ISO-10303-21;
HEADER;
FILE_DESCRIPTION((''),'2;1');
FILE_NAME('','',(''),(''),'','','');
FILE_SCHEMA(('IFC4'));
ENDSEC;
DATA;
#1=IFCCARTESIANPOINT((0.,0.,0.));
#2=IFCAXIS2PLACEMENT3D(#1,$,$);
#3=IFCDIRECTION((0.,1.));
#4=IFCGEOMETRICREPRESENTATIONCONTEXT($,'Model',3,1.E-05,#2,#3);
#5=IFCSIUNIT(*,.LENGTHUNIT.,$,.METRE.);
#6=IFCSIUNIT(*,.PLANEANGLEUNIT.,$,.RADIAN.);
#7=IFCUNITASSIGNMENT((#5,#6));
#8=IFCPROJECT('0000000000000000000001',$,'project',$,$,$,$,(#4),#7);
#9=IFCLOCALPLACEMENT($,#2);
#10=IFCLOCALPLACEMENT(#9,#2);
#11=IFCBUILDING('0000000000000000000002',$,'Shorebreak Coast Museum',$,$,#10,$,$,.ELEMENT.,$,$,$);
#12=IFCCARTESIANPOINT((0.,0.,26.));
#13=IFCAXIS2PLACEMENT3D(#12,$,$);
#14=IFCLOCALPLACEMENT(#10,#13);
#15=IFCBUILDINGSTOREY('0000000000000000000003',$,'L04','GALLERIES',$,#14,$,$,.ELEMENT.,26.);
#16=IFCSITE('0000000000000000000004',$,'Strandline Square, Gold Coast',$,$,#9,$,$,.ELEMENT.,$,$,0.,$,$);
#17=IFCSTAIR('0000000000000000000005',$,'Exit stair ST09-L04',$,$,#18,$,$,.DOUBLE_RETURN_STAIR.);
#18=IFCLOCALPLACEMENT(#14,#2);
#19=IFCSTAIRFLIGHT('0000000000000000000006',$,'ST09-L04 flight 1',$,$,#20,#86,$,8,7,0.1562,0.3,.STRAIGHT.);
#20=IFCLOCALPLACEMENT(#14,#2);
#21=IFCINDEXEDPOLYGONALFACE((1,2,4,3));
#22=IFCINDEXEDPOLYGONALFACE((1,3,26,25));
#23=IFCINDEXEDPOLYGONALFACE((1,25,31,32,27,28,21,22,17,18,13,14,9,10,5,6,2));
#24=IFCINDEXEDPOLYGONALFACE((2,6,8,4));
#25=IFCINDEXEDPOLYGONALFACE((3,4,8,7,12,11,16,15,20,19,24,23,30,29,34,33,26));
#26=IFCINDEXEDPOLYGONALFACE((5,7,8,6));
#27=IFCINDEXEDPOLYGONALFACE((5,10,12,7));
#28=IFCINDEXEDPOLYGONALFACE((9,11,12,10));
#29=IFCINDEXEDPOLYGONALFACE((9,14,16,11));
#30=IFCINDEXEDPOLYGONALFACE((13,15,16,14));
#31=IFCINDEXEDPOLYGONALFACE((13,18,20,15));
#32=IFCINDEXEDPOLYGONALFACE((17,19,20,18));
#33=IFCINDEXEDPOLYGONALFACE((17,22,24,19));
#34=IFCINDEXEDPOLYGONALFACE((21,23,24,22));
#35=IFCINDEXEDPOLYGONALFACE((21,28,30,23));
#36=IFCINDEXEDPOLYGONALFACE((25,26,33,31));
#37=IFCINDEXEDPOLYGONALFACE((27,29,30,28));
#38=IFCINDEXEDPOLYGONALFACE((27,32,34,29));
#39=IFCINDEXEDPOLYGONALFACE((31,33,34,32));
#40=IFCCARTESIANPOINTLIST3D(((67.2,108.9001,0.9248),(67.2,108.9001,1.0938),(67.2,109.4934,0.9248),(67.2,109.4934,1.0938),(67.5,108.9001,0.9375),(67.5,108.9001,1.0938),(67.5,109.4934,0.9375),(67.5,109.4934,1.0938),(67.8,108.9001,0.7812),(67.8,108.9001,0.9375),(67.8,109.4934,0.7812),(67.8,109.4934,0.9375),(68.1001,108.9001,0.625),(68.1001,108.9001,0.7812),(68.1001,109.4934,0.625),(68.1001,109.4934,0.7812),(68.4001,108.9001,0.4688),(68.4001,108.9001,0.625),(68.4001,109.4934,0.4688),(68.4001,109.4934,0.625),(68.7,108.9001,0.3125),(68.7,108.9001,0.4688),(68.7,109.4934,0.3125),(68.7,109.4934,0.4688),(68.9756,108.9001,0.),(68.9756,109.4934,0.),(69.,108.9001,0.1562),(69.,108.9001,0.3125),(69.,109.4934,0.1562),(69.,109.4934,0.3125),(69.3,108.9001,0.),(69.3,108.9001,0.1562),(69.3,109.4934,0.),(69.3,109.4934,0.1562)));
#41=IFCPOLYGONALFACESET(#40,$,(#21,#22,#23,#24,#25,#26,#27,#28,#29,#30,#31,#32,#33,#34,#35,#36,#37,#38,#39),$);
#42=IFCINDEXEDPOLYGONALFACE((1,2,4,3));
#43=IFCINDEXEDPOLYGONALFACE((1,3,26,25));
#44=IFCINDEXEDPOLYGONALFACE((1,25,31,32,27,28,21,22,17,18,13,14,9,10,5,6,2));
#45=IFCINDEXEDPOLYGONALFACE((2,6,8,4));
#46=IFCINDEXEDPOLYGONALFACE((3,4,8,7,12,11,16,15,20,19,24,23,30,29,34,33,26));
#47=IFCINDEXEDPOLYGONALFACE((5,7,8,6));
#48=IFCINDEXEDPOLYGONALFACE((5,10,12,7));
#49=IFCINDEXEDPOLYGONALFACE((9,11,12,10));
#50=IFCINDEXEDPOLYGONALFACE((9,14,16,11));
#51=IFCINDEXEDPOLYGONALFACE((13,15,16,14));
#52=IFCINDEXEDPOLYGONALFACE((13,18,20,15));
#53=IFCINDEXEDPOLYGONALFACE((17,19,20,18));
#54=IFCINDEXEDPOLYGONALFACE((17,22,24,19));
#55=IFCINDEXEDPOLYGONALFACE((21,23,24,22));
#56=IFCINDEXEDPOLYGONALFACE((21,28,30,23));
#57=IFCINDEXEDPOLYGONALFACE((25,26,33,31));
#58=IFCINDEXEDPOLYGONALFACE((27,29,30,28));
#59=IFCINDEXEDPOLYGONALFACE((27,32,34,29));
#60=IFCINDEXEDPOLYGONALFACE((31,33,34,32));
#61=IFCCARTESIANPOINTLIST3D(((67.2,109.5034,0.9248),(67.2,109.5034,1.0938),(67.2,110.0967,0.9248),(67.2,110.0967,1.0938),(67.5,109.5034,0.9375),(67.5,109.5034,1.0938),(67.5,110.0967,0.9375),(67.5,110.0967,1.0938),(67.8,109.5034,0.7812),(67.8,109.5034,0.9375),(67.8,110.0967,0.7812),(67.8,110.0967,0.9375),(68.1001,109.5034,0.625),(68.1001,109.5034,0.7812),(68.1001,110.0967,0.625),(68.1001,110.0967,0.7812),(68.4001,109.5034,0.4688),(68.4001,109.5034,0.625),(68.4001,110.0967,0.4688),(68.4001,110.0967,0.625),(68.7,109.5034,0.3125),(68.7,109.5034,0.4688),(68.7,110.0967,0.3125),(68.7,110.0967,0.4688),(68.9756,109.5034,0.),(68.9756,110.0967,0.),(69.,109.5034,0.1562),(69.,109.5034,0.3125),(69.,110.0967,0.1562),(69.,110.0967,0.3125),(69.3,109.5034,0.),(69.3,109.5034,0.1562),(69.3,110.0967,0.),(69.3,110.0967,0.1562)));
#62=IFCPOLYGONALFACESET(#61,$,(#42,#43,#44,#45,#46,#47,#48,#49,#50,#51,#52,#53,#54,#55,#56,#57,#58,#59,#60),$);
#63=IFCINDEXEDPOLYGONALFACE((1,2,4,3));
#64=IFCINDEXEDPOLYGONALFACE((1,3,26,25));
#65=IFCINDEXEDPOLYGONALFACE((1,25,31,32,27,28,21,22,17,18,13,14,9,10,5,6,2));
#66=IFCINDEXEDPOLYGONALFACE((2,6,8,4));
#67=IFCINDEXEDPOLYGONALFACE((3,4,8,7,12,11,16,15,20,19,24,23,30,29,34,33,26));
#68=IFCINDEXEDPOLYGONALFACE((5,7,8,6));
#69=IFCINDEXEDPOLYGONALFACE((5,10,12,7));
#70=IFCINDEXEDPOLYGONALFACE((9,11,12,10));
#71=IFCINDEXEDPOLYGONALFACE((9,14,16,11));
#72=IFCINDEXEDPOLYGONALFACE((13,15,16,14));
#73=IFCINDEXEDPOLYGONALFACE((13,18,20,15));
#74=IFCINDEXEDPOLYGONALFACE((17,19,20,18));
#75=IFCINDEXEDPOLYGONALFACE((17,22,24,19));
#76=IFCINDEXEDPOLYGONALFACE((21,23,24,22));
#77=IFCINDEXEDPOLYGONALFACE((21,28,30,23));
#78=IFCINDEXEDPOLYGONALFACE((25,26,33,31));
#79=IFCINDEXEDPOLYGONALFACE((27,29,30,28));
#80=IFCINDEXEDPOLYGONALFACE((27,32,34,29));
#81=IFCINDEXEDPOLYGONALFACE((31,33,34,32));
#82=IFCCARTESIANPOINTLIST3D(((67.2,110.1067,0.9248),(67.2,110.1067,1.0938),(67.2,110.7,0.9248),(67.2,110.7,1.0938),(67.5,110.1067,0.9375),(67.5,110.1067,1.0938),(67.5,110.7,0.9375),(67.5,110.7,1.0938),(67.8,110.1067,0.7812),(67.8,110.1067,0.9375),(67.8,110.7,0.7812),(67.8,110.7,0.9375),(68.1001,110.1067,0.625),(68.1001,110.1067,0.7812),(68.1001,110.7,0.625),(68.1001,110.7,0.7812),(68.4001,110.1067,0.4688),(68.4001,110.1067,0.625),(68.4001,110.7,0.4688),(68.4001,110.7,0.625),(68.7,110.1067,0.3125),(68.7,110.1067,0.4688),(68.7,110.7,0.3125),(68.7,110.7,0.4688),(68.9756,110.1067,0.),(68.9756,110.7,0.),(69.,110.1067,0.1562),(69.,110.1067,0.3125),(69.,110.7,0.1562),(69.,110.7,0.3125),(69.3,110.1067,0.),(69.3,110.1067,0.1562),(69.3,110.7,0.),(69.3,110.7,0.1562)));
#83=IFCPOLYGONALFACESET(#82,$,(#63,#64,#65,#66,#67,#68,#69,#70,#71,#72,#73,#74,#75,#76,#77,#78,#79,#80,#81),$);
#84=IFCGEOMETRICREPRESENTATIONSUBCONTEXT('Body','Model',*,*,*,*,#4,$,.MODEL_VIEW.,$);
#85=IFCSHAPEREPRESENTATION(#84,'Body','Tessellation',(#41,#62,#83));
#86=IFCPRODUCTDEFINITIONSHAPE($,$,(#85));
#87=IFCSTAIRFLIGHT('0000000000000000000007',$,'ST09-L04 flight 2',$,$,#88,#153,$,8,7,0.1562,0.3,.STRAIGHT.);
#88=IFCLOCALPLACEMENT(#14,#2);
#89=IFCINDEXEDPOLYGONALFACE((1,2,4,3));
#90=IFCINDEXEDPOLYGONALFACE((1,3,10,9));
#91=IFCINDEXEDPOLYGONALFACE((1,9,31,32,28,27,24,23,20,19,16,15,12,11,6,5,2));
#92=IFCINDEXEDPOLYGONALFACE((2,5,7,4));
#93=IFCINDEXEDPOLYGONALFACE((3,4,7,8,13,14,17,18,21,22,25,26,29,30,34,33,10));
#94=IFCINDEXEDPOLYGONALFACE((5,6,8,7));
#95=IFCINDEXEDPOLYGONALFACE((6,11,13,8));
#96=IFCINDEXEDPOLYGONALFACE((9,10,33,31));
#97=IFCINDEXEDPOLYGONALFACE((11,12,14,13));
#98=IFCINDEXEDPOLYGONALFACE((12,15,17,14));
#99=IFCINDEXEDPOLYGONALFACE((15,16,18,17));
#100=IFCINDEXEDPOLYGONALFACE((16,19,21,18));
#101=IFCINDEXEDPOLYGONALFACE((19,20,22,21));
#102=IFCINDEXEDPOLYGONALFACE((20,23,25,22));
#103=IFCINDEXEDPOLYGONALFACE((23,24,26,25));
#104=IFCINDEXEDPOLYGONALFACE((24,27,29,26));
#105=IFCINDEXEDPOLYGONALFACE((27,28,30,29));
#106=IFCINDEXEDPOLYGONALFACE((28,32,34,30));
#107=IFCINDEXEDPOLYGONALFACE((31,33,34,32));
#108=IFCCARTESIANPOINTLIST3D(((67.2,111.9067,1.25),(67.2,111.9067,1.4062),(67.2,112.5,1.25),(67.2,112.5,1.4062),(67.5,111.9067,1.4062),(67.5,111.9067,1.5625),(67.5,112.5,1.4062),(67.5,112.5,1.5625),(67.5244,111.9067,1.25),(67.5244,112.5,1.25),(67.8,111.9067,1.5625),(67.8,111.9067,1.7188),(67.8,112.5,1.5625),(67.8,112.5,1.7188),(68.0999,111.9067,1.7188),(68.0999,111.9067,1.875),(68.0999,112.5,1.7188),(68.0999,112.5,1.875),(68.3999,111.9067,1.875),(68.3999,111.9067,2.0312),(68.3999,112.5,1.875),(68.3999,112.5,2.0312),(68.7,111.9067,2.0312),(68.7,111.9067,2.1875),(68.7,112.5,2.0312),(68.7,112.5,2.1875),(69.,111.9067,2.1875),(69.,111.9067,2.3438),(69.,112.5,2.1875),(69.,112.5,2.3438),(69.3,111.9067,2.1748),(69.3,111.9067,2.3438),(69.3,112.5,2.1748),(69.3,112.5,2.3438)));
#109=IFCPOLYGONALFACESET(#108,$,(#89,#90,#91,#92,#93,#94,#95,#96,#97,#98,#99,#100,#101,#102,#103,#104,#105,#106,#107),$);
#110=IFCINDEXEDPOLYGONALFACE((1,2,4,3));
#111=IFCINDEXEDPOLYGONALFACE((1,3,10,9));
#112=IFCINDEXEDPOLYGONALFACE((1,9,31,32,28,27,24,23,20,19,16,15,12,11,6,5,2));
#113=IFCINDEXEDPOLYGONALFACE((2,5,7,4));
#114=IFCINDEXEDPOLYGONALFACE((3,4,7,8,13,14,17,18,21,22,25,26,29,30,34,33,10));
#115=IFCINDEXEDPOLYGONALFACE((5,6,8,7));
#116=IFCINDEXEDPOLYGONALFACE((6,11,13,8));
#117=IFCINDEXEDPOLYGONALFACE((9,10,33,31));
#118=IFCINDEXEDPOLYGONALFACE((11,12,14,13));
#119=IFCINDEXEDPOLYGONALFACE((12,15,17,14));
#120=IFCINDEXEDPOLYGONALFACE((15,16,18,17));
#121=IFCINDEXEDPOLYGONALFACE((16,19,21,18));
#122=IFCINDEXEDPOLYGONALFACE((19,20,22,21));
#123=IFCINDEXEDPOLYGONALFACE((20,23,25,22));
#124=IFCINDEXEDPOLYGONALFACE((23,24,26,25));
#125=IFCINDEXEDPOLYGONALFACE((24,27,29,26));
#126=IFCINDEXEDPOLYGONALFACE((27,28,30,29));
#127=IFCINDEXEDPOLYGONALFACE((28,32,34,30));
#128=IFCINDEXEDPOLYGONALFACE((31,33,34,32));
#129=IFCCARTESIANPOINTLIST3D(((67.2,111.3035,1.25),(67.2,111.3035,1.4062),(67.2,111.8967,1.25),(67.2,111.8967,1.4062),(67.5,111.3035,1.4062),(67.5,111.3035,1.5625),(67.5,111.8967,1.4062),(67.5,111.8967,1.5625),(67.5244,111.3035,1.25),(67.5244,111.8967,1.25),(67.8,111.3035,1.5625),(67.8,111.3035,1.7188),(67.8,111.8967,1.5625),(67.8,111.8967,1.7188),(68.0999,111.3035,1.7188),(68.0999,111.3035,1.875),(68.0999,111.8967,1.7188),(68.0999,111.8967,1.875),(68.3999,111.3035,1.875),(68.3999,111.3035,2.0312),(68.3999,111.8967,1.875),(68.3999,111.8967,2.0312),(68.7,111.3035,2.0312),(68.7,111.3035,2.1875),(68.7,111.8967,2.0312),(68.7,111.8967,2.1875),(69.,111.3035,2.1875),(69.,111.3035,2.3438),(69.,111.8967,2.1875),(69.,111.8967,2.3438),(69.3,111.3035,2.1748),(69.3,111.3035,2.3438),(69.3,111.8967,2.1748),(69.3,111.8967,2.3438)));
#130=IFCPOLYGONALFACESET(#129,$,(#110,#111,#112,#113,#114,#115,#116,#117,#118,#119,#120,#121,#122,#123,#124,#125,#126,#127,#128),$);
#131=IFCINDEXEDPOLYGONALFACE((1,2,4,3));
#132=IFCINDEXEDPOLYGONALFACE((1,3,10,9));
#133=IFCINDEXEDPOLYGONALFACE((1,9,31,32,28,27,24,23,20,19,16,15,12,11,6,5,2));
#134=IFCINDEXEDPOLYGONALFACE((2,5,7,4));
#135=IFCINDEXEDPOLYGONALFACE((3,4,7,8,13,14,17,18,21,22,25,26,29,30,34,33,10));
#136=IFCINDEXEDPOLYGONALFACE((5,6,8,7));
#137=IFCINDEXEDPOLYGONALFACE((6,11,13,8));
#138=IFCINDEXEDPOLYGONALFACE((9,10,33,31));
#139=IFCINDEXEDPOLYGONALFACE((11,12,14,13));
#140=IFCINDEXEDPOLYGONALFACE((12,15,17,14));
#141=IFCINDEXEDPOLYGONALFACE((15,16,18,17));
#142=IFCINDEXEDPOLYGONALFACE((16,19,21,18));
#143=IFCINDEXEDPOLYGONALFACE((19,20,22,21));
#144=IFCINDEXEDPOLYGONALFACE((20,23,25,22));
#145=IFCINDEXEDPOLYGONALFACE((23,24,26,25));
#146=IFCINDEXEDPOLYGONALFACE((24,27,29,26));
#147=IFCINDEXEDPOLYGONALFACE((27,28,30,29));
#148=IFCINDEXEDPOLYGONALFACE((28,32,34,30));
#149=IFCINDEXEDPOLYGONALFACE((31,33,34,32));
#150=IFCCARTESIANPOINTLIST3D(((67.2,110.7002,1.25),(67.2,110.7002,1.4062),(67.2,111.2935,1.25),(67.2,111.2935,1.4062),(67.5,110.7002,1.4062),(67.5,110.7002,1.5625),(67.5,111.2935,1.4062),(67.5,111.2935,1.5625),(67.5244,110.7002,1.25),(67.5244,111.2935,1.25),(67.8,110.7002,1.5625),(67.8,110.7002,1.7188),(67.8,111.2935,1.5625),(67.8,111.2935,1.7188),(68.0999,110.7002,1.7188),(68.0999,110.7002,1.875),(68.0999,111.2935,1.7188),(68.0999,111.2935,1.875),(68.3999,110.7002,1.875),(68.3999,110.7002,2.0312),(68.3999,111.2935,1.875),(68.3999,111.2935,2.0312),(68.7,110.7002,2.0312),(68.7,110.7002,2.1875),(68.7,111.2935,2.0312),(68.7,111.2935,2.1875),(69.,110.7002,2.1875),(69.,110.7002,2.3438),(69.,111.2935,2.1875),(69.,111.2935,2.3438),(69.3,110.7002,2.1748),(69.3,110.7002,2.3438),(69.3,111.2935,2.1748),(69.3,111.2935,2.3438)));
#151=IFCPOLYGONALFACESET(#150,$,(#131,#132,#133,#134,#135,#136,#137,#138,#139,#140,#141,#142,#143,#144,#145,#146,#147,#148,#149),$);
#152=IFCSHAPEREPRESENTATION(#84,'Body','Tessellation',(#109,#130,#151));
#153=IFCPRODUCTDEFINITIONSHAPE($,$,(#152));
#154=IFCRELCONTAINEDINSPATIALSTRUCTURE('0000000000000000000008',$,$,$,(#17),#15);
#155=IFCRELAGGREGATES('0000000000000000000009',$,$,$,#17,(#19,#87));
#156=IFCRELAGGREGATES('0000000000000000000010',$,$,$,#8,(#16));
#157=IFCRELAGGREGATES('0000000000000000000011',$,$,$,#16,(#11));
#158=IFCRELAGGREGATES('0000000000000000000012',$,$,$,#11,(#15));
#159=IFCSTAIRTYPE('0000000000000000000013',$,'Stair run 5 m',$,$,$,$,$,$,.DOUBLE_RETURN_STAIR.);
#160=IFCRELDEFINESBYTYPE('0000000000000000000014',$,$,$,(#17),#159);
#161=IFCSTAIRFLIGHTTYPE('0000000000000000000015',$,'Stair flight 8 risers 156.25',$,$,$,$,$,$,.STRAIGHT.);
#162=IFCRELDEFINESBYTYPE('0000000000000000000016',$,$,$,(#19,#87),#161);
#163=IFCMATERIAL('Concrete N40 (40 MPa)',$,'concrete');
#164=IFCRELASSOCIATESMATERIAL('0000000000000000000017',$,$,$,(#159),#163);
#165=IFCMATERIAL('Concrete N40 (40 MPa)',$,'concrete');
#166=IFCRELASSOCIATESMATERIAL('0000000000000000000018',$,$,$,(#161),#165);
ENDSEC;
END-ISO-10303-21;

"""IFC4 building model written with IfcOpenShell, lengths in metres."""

from ifc_helpers import new_model, si_unit, direction, frame, origin, place, context, subcontext, project, spatial, polyline, outline, extrude, material, type_object, element, aggregate, save


model = new_model("IFC4")

# Units and contexts
model_context = context("Model", 3, precision=1e-05, world=origin(), true_north=direction((0.0, 1.0)))
body_context = subcontext(model_context, "Body", "Model", "MODEL_VIEW")
ifc_project = project(units=[si_unit("LENGTHUNIT", "METRE"), si_unit("PLANEANGLEUNIT", "RADIAN")], contexts=[model_context])

# Site, building, storey
site_placement = place(None, origin())
site = spatial("IfcSite", under=ifc_project, at=site_placement, Name="Strandline Square, Gold Coast", CompositionType="ELEMENT", RefElevation=0.0)
building_placement = place(site_placement, origin())
building = spatial("IfcBuilding", under=site, at=building_placement, Name="Shorebreak Coast Museum", CompositionType="ELEMENT")
storey_placement = place(building_placement, frame((0.0, 0.0, 26.0)))
storey = spatial("IfcBuildingStorey", under=building, at=storey_placement, Name="L04", Description="GALLERIES", CompositionType="ELEMENT", Elevation=26.0)

# Stair, stair flights
ifc_material_1 = material(Name="Concrete N40 (40 MPa)", Category="concrete")
stair_type = type_object("IfcStairType", Name="Stair run 5 m", PredefinedType="DOUBLE_RETURN_STAIR", material=ifc_material_1)
stair_placement = place(storey_placement, origin())
stair = element("IfcStair", 1, at=stair_placement, inside=storey, type_object=stair_type, Name="Exit stair ST09-L04", PredefinedType="DOUBLE_RETURN_STAIR")
ifc_material_2 = material(Name="Concrete N40 (40 MPa)", Category="concrete")
stair_flight_type = type_object("IfcStairFlightType", Name="Stair flight 8 risers 156.25", PredefinedType="STRAIGHT", material=ifc_material_2)
stair_flight_1_placement = place(storey_placement, frame((69.3, 109.8, 0.0), z_axis=(0.0, 0.0, 1.0), x_axis=(-1.0, 0.0, 0.0)))
stair_flight_1 = element("IfcStairFlight", 2, at=stair_flight_1_placement, type_object=stair_flight_type, Name="ST09-L04 flight 1", NumberOfRisers=8, NumberOfTreads=7, PredefinedType="STRAIGHT", RiserHeight=0.1562, TreadLength=0.3, context=body_context, shape_type="SweptSolid", body=[
    extrude(outline(polyline([(0.0, 0.0), (0.0, 0.1562), (0.3, 0.1562), (0.3, 0.3125), (0.6001, 0.3125), (0.6001, 0.4688), (0.8999, 0.4688), (0.8999, 0.625), (1.2, 0.625), (1.2, 0.7812), (1.5, 0.7812), (1.5, 0.9375), (1.8, 0.9375), (1.8, 1.0938), (2.1001, 1.0938), (2.1001, 1.25), (2.1001, 0.9248), (0.3245, 0.0), (0.0, 0.0)])), frame((0.0, 0.8999, 0.0), z_axis=(0.0, -1.0, 0.0), x_axis=(1.0, 0.0, 0.0)), (0.0, 0.0, 1.0), 0.5933),
    extrude(outline(polyline([(0.0, 0.0), (0.0, 0.1562), (0.3, 0.1562), (0.3, 0.3125), (0.6001, 0.3125), (0.6001, 0.4688), (0.8999, 0.4688), (0.8999, 0.625), (1.2, 0.625), (1.2, 0.7812), (1.5, 0.7812), (1.5, 0.9375), (1.8, 0.9375), (1.8, 1.0938), (2.1001, 1.0938), (2.1001, 1.25), (2.1001, 0.9248), (0.3245, 0.0), (0.0, 0.0)])), frame((0.0, 0.2966, 0.0), z_axis=(0.0, -1.0, 0.0), x_axis=(1.0, 0.0, 0.0)), (0.0, 0.0, 1.0), 0.5933),
    extrude(outline(polyline([(0.0, 0.0), (0.0, 0.1562), (0.3, 0.1562), (0.3, 0.3125), (0.6001, 0.3125), (0.6001, 0.4688), (0.8999, 0.4688), (0.8999, 0.625), (1.2, 0.625), (1.2, 0.7812), (1.5, 0.7812), (1.5, 0.9375), (1.8, 0.9375), (1.8, 1.0938), (2.1001, 1.0938), (2.1001, 1.25), (2.1001, 0.9248), (0.3245, 0.0), (0.0, 0.0)])), frame((0.0, -0.3066, 0.0), z_axis=(0.0, -1.0, 0.0), x_axis=(1.0, 0.0, 0.0)), (0.0, 0.0, 1.0), 0.5933),
])
stair_flight_2_placement = place(storey_placement, frame((67.2, 111.6001, 1.25), z_axis=(0.0, 0.0, 1.0), x_axis=(1.0, 0.0, 0.0)))
stair_flight_2 = element("IfcStairFlight", 3, at=stair_flight_2_placement, type_object=stair_flight_type, Name="ST09-L04 flight 2", NumberOfRisers=8, NumberOfTreads=7, PredefinedType="STRAIGHT", RiserHeight=0.1562, TreadLength=0.3, context=body_context, shape_type="SweptSolid", body=[
    extrude(outline(polyline([(0.0, 0.0), (0.0, 0.1562), (0.3, 0.1562), (0.3, 0.3125), (0.6001, 0.3125), (0.6001, 0.4688), (0.8999, 0.4688), (0.8999, 0.625), (1.2, 0.625), (1.2, 0.7812), (1.5, 0.7812), (1.5, 0.9375), (1.8, 0.9375), (1.8, 1.0938), (2.1001, 1.0938), (2.1001, 1.25), (2.1001, 0.9248), (0.3245, 0.0), (0.0, 0.0)])), frame((0.0, 0.8999, 0.0), z_axis=(0.0, -1.0, 0.0), x_axis=(1.0, 0.0, 0.0)), (0.0, 0.0, 1.0), 0.5933),
    extrude(outline(polyline([(0.0, 0.0), (0.0, 0.1562), (0.3, 0.1562), (0.3, 0.3125), (0.6001, 0.3125), (0.6001, 0.4688), (0.8999, 0.4688), (0.8999, 0.625), (1.2, 0.625), (1.2, 0.7812), (1.5, 0.7812), (1.5, 0.9375), (1.8, 0.9375), (1.8, 1.0938), (2.1001, 1.0938), (2.1001, 1.25), (2.1001, 0.9248), (0.3245, 0.0), (0.0, 0.0)])), frame((0.0, 0.2966, 0.0), z_axis=(0.0, -1.0, 0.0), x_axis=(1.0, 0.0, 0.0)), (0.0, 0.0, 1.0), 0.5933),
    extrude(outline(polyline([(0.0, 0.0), (0.0, 0.1562), (0.3, 0.1562), (0.3, 0.3125), (0.6001, 0.3125), (0.6001, 0.4688), (0.8999, 0.4688), (0.8999, 0.625), (1.2, 0.625), (1.2, 0.7812), (1.5, 0.7812), (1.5, 0.9375), (1.8, 0.9375), (1.8, 1.0938), (2.1001, 1.0938), (2.1001, 1.25), (2.1001, 0.9248), (0.3245, 0.0), (0.0, 0.0)])), frame((0.0, -0.3066, 0.0), z_axis=(0.0, -1.0, 0.0), x_axis=(1.0, 0.0, 0.0)), (0.0, 0.0, 1.0), 0.5933),
])
aggregate(stair, [stair_flight_1, stair_flight_2])

save(model, "model.ifc")
